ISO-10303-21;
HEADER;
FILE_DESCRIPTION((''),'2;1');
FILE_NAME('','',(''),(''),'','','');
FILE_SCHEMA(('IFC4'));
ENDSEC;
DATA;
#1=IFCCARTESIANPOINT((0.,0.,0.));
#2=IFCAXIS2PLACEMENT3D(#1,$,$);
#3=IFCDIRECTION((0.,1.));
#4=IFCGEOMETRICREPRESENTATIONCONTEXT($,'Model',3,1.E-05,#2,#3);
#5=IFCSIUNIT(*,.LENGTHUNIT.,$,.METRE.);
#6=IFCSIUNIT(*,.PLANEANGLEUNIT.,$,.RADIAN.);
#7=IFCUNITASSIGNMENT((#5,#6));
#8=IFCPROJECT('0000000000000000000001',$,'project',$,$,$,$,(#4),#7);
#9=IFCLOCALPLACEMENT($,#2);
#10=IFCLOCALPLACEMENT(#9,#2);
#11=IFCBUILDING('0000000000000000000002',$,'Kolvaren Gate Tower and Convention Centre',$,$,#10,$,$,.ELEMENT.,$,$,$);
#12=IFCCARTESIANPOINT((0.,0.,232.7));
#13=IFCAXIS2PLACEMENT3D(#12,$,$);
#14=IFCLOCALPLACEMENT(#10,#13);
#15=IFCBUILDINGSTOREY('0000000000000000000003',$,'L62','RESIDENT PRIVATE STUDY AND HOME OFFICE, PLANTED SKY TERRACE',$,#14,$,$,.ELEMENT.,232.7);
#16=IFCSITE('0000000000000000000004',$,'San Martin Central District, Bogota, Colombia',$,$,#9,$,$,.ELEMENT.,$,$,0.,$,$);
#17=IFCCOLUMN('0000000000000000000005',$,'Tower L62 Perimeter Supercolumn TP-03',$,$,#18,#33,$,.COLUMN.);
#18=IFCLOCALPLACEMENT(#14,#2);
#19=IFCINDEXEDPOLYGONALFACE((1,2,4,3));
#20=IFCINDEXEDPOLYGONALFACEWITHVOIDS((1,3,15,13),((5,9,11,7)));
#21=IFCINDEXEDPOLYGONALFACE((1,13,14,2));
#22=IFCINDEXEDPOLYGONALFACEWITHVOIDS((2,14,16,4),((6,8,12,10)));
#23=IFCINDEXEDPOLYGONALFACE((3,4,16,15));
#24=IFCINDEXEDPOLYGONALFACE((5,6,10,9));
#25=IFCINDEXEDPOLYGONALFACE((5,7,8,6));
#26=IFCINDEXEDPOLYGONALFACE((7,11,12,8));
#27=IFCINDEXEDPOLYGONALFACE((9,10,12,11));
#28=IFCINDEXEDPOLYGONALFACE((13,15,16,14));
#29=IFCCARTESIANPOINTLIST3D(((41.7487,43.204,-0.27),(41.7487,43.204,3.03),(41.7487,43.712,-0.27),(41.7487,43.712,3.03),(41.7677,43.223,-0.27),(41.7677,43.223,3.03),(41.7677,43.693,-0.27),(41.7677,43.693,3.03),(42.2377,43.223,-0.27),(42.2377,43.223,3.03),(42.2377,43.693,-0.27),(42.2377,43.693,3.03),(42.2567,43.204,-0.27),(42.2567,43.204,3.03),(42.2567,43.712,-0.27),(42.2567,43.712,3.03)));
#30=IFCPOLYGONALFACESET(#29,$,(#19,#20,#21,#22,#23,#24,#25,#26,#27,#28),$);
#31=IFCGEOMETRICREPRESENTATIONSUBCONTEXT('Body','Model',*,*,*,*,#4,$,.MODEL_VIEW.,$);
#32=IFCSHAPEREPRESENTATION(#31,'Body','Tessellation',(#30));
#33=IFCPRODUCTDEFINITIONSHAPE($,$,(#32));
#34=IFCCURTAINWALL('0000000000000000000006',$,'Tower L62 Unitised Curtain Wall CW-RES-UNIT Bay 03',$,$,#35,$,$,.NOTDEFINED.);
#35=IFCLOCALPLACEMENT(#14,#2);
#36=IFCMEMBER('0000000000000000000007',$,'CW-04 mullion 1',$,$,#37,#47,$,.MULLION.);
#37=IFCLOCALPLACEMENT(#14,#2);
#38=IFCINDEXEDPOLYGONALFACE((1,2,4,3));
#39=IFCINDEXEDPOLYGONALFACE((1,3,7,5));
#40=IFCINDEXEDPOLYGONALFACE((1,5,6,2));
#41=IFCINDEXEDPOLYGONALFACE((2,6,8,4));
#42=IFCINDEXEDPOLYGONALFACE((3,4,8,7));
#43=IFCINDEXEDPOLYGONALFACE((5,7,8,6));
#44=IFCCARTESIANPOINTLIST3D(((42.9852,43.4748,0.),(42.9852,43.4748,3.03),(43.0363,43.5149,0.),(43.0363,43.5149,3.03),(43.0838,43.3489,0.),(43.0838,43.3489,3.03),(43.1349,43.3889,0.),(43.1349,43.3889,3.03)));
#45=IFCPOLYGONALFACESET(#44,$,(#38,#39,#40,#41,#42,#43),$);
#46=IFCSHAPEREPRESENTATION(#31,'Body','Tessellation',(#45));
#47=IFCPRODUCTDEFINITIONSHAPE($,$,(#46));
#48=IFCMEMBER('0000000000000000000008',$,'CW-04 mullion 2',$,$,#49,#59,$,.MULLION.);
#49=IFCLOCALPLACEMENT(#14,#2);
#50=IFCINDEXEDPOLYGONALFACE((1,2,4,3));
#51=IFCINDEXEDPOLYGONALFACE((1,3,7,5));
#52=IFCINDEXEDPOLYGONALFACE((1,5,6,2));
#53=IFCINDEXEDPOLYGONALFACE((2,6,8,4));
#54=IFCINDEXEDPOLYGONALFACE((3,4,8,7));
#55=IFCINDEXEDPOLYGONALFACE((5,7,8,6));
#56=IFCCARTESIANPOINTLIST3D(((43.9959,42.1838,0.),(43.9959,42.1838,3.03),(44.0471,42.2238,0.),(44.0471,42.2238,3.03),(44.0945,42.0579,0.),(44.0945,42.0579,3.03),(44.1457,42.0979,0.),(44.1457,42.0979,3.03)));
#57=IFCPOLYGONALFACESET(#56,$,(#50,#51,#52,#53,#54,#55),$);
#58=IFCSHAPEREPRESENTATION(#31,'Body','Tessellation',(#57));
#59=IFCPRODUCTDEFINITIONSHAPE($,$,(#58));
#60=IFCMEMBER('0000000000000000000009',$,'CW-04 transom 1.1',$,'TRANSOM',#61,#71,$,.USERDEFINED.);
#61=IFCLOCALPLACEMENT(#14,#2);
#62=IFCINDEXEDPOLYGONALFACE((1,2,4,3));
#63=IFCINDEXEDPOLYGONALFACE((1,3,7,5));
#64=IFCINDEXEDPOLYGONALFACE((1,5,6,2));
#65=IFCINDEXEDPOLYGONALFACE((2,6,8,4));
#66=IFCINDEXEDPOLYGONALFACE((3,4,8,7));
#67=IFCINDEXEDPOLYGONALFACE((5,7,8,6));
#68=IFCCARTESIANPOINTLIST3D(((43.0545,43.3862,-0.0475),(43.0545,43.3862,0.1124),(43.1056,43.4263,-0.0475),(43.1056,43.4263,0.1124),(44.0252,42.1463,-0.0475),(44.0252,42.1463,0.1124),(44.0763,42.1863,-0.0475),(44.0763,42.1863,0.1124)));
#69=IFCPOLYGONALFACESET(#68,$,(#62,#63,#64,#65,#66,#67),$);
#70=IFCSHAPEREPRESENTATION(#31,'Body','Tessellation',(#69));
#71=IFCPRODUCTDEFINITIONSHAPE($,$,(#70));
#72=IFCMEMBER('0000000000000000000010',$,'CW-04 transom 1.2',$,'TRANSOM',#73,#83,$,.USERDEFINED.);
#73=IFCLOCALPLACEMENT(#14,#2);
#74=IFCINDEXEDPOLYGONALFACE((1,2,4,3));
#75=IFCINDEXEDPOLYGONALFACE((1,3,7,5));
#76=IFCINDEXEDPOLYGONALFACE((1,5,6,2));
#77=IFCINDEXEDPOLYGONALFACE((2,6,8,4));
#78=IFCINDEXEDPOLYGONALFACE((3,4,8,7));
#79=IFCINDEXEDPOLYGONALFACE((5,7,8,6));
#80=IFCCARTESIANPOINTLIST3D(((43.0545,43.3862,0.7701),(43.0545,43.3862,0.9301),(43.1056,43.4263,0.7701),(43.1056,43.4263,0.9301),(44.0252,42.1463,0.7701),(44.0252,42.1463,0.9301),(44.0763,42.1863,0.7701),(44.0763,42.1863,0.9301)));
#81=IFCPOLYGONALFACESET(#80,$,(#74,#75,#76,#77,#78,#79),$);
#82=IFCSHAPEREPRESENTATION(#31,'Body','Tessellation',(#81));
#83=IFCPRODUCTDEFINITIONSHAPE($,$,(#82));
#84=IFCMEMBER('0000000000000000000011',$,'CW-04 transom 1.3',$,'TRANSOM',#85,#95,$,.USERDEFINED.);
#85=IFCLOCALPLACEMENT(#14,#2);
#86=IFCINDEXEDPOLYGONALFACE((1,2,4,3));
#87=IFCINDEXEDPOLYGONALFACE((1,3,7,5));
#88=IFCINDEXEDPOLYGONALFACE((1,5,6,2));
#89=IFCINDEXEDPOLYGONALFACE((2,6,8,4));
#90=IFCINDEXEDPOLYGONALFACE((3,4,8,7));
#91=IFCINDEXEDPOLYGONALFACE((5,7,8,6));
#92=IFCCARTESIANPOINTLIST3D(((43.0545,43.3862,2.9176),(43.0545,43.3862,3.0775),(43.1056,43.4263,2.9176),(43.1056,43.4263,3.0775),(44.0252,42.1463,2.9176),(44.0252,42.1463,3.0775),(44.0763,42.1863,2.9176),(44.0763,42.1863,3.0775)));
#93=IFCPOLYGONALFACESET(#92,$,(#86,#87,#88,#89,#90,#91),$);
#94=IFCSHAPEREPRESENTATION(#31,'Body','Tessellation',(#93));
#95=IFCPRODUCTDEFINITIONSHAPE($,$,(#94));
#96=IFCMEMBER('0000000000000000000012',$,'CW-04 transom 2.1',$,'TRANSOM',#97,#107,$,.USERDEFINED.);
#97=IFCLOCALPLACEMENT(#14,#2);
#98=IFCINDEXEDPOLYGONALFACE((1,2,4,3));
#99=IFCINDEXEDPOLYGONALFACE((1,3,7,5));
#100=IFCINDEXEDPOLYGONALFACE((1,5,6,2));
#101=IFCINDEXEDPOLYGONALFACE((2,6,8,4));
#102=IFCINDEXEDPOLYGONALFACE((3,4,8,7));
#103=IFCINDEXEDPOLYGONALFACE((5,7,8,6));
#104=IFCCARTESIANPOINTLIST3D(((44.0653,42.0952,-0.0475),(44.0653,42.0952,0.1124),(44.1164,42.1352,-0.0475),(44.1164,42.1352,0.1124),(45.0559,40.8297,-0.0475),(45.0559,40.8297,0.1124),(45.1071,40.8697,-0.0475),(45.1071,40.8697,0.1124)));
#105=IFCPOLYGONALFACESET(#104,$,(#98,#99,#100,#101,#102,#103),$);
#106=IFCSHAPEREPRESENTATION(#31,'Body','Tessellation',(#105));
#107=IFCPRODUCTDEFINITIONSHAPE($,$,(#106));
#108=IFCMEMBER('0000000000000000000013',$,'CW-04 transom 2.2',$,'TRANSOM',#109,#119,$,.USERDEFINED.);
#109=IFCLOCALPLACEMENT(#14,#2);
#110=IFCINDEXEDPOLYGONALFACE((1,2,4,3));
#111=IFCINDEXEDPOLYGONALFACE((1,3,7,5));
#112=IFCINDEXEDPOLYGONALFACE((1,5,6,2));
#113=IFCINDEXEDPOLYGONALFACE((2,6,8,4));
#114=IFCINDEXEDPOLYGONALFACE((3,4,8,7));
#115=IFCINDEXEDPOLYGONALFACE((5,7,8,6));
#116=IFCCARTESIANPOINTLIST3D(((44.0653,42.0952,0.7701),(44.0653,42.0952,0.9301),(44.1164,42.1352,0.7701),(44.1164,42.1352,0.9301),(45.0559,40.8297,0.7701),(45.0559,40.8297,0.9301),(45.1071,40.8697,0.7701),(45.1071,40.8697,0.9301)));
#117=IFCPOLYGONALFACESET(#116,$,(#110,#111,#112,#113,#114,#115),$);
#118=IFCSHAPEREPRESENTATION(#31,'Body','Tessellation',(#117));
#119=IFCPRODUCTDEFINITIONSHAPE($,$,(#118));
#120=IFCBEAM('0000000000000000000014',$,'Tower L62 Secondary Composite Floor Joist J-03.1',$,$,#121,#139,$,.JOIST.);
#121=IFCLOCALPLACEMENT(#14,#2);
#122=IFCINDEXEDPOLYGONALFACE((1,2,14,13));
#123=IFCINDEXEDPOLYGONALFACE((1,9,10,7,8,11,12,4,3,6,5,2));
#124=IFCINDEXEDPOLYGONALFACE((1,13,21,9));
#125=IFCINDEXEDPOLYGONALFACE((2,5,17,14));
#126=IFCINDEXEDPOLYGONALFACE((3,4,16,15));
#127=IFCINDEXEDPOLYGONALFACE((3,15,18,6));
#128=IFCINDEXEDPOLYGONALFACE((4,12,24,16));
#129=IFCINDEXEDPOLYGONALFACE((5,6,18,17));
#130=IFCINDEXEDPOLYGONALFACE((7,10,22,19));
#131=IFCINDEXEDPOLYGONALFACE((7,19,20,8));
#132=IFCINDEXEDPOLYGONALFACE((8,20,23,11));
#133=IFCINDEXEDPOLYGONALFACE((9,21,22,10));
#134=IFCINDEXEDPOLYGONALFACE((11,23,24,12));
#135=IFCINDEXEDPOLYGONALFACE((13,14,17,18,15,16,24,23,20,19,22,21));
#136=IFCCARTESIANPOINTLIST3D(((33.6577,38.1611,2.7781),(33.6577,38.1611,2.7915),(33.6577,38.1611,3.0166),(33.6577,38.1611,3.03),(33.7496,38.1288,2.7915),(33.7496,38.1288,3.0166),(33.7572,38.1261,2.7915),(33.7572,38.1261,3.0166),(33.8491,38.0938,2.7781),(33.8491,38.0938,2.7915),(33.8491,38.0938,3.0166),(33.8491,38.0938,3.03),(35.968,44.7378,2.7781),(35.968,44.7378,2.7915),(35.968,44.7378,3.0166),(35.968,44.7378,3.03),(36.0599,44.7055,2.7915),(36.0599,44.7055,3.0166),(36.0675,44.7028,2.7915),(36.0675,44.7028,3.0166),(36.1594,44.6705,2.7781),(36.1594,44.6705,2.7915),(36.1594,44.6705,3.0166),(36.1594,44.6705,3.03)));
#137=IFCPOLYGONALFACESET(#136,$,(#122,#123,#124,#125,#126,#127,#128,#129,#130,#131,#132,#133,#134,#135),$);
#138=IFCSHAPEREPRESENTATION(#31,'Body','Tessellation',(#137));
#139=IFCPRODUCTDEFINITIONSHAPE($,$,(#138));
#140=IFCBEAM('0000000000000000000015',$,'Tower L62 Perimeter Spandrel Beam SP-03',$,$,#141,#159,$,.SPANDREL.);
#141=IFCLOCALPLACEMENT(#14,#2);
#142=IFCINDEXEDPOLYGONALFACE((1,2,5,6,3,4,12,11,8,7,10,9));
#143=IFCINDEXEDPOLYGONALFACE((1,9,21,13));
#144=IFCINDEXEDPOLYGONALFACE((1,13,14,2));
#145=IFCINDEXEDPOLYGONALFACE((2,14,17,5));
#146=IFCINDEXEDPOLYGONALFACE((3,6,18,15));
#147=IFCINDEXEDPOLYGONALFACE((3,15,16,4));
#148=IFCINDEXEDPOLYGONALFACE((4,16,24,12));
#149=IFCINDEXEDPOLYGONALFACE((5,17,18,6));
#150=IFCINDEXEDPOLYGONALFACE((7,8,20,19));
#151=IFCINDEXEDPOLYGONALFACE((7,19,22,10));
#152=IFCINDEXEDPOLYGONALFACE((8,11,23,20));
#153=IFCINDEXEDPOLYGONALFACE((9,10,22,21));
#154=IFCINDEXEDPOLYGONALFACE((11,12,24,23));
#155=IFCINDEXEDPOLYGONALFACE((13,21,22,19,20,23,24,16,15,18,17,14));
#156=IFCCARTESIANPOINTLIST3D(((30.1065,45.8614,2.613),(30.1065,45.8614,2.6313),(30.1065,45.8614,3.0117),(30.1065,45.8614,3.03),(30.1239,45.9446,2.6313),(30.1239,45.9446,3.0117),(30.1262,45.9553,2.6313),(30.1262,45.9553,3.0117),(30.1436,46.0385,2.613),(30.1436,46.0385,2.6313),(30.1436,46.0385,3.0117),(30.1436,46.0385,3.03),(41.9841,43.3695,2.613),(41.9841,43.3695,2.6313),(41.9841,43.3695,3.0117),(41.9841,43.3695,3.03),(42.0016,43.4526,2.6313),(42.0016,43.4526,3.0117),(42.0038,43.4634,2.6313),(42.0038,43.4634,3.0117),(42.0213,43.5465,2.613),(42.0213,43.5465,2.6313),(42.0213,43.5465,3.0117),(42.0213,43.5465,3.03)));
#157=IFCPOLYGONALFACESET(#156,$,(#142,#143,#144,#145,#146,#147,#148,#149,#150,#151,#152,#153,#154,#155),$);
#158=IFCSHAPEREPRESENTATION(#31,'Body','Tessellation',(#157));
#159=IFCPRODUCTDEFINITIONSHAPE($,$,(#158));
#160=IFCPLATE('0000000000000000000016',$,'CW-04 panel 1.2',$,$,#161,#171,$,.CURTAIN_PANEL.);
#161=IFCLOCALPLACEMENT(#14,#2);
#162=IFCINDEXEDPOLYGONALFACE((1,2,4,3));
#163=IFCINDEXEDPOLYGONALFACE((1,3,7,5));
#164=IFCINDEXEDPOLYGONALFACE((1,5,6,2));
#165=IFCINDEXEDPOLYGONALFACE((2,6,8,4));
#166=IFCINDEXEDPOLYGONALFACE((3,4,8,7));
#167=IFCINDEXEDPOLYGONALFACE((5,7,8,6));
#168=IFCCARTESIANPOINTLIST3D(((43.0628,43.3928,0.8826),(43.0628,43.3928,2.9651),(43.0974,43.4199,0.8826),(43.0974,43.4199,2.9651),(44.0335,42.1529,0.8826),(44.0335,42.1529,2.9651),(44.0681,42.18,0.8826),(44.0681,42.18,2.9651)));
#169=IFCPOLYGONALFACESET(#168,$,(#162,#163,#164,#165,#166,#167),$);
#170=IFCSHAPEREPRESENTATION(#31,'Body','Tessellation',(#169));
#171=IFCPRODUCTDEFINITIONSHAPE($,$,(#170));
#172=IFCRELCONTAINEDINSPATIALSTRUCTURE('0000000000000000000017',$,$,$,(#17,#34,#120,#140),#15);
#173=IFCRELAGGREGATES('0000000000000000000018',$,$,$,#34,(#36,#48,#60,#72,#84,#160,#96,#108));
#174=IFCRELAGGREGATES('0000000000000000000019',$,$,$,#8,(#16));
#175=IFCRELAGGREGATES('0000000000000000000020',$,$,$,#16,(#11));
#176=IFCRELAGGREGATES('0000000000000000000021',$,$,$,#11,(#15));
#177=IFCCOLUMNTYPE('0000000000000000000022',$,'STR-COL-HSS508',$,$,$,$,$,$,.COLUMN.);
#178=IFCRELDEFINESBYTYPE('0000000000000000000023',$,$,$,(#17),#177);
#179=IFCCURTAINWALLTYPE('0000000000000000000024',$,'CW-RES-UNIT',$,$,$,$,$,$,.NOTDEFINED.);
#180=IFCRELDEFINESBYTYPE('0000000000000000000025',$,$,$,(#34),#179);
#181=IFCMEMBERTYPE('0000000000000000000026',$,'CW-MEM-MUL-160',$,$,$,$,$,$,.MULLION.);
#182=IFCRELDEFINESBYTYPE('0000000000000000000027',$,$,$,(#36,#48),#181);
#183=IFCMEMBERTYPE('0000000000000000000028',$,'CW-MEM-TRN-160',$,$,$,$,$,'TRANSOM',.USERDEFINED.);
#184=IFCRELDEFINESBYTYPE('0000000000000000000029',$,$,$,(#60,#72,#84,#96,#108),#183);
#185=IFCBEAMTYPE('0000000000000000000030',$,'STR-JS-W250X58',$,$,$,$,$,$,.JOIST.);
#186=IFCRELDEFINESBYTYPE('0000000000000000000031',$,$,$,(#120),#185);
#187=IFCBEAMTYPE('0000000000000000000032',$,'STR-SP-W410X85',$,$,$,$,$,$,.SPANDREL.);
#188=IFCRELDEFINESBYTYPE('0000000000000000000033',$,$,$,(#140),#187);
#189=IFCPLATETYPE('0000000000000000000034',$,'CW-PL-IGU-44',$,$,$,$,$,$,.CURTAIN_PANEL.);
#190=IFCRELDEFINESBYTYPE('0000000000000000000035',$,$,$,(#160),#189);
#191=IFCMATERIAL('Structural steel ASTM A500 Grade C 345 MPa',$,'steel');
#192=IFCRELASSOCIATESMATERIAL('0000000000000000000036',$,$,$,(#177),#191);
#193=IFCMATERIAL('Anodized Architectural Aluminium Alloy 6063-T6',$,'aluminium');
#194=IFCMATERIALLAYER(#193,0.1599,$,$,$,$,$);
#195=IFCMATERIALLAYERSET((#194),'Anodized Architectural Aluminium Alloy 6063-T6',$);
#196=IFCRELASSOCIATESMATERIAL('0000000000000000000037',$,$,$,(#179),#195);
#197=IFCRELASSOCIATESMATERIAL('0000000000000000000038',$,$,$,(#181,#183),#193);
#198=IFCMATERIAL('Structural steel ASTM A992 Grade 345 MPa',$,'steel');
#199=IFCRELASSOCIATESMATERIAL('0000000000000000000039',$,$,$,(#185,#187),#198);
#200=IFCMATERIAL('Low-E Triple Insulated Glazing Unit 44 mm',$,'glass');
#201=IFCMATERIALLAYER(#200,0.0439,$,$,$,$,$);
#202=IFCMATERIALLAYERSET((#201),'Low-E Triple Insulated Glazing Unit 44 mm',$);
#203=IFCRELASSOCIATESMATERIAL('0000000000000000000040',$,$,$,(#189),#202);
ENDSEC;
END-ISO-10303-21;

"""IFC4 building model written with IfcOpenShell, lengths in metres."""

from ifc_helpers import new_model, si_unit, direction, frame, origin, origin_2d, place, context, subcontext, project, spatial, rectangle, hollow_rectangle, i_section, extrude, material, layer, layer_set, material_profile, profile_set, type_object, element, aggregate, save


model = new_model("IFC4")

# Units and contexts
model_context = context("Model", 3, precision=1e-05, world=origin(), true_north=direction((0.0, 1.0)))
body_context = subcontext(model_context, "Body", "Model", "MODEL_VIEW")
ifc_project = project(units=[si_unit("LENGTHUNIT", "METRE"), si_unit("PLANEANGLEUNIT", "RADIAN")], contexts=[model_context])

# Site, building, storey
site_placement = place(None, origin())
site = spatial("IfcSite", under=ifc_project, at=site_placement, Name="San Martin Central District, Bogota, Colombia", CompositionType="ELEMENT", RefElevation=0.0)
building_placement = place(site_placement, origin())
building = spatial("IfcBuilding", under=site, at=building_placement, Name="Kolvaren Gate Tower and Convention Centre", CompositionType="ELEMENT")
storey_placement = place(building_placement, frame((0.0, 0.0, 232.7)))
storey = spatial("IfcBuildingStorey", under=building, at=storey_placement, Name="L62", Description="RESIDENT PRIVATE STUDY AND HOME OFFICE, PLANTED SKY TERRACE", CompositionType="ELEMENT", Elevation=232.7)

# Column
ifc_material_1 = material(Name="Structural steel ASTM A500 Grade C 345 MPa", Category="steel")
ifc_material_profile_1 = material_profile(ifc_material_1, hollow_rectangle(XDim=0.5081, YDim=0.5081, WallThickness=0.019, at=origin_2d()), Name="HSS508X508X19.1")
ifc_profile_set_1 = profile_set([ifc_material_profile_1], Name="Structural steel ASTM A500 Grade C 345 MPa")
column_type = type_object("IfcColumnType", Name="STR-COL-HSS508", PredefinedType="COLUMN", material=ifc_profile_set_1)
column_placement = place(storey_placement, frame((42.0027, 43.458, -0.27), z_axis=(0.0, 0.0, 1.0), x_axis=(1.0, 0.0, 0.0)))
element("IfcColumn", 1, at=column_placement, inside=storey, type_object=column_type, Name="Tower L62 Perimeter Supercolumn TP-03", PredefinedType="COLUMN", context=body_context, shape_type="SweptSolid", body=[
    extrude(hollow_rectangle(XDim=0.5081, YDim=0.5081, WallThickness=0.019, at=origin_2d()), origin(), (0.0, 0.0, 1.0), 3.3),
])

# Curtain wall, members
ifc_material_2 = material(Name="Anodized Architectural Aluminium Alloy 6063-T6", Category="aluminium")
ifc_layer_1 = layer(ifc_material_2, 0.1599)
ifc_layer_set_1 = layer_set([ifc_layer_1], Name="Anodized Architectural Aluminium Alloy 6063-T6")
curtain_wall_type = type_object("IfcCurtainWallType", Name="CW-RES-UNIT", PredefinedType="NOTDEFINED", material=ifc_layer_set_1)
curtain_wall_placement = place(storey_placement, origin())
curtain_wall = element("IfcCurtainWall", 2, at=curtain_wall_placement, inside=storey, type_object=curtain_wall_type, Name="Tower L62 Unitised Curtain Wall CW-RES-UNIT Bay 03", PredefinedType="NOTDEFINED")
ifc_material_profile_2 = material_profile(ifc_material_2, rectangle(XDim=0.0649, YDim=0.1599, at=origin_2d()), Name="CW-MEM-MUL-160")
ifc_profile_set_2 = profile_set([ifc_material_profile_2], Name="Anodized Architectural Aluminium Alloy 6063-T6")
member_type_1 = type_object("IfcMemberType", Name="CW-MEM-MUL-160", PredefinedType="MULLION", material=ifc_profile_set_2)
member_1_placement = place(storey_placement, frame((43.0601, 43.4319, 0.0), z_axis=(0.0, 0.0, 1.0), x_axis=(0.787404, 0.616437, 0.0)))
member_1 = element("IfcMember", 3, at=member_1_placement, type_object=member_type_1, Name="CW-04 mullion 1", PredefinedType="MULLION", context=body_context, shape_type="SweptSolid", body=[
    extrude(rectangle(XDim=0.0649, YDim=0.1599, at=origin_2d()), origin(), (0.0, 0.0, 1.0), 3.03),
])
member_2_placement = place(storey_placement, frame((44.0708, 42.1409, 0.0), z_axis=(0.0, 0.0, 1.0), x_axis=(0.787404, 0.616437, 0.0)))
member_2 = element("IfcMember", 4, at=member_2_placement, type_object=member_type_1, Name="CW-04 mullion 2", PredefinedType="MULLION", context=body_context, shape_type="SweptSolid", body=[
    extrude(rectangle(XDim=0.0649, YDim=0.1599, at=origin_2d()), origin(), (0.0, 0.0, 1.0), 3.03),
])
ifc_material_profile_3 = material_profile(ifc_material_2, rectangle(XDim=0.0649, YDim=0.1599, at=origin_2d()), Name="CW-MEM-TRN-160")
ifc_profile_set_3 = profile_set([ifc_material_profile_3], Name="Anodized Architectural Aluminium Alloy 6063-T6")
member_type_2 = type_object("IfcMemberType", Name="CW-MEM-TRN-160", ElementType="TRANSOM", PredefinedType="USERDEFINED", material=ifc_profile_set_3)
member_3_placement = place(storey_placement, frame((43.0801, 43.4062, 0.0325), z_axis=(0.616417, -0.78742, 0.0), x_axis=(0.78742, 0.616417, 0.0)))
member_3 = element("IfcMember", 5, at=member_3_placement, type_object=member_type_2, Name="CW-04 transom 1.1", ObjectType="TRANSOM", PredefinedType="USERDEFINED", context=body_context, shape_type="SweptSolid", body=[
    extrude(rectangle(XDim=0.0649, YDim=0.1599, at=origin_2d()), origin(), (0.0, 0.0, 1.0), 1.5747),
])
member_4_placement = place(storey_placement, frame((43.0801, 43.4062, 0.8501), z_axis=(0.616417, -0.78742, 0.0), x_axis=(0.78742, 0.616417, 0.0)))
member_4 = element("IfcMember", 6, at=member_4_placement, type_object=member_type_2, Name="CW-04 transom 1.2", ObjectType="TRANSOM", PredefinedType="USERDEFINED", context=body_context, shape_type="SweptSolid", body=[
    extrude(rectangle(XDim=0.0649, YDim=0.1599, at=origin_2d()), origin(), (0.0, 0.0, 1.0), 1.5747),
])
member_5_placement = place(storey_placement, frame((43.0801, 43.4062, 2.9976), z_axis=(0.616417, -0.78742, 0.0), x_axis=(0.78742, 0.616417, 0.0)))
member_5 = element("IfcMember", 7, at=member_5_placement, type_object=member_type_2, Name="CW-04 transom 1.3", ObjectType="TRANSOM", PredefinedType="USERDEFINED", context=body_context, shape_type="SweptSolid", body=[
    extrude(rectangle(XDim=0.0649, YDim=0.1599, at=origin_2d()), origin(), (0.0, 0.0, 1.0), 1.5747),
])
member_6_placement = place(storey_placement, frame((44.0908, 42.1152, 0.0325), z_axis=(0.616398, -0.787434, 0.0), x_axis=(0.787434, 0.616398, 0.0)))
member_6 = element("IfcMember", 8, at=member_6_placement, type_object=member_type_2, Name="CW-04 transom 2.1", ObjectType="TRANSOM", PredefinedType="USERDEFINED", context=body_context, shape_type="SweptSolid", body=[
    extrude(rectangle(XDim=0.0649, YDim=0.1599, at=origin_2d()), origin(), (0.0, 0.0, 1.0), 1.6072),
])
member_7_placement = place(storey_placement, frame((44.0908, 42.1152, 0.8501), z_axis=(0.616398, -0.787434, 0.0), x_axis=(0.787434, 0.616398, 0.0)))
member_7 = element("IfcMember", 9, at=member_7_placement, type_object=member_type_2, Name="CW-04 transom 2.2", ObjectType="TRANSOM", PredefinedType="USERDEFINED", context=body_context, shape_type="SweptSolid", body=[
    extrude(rectangle(XDim=0.0649, YDim=0.1599, at=origin_2d()), origin(), (0.0, 0.0, 1.0), 1.6072),
])

# Beams
ifc_material_3 = material(Name="Structural steel ASTM A992 Grade 345 MPa", Category="steel")
ifc_material_profile_4 = material_profile(ifc_material_3, i_section(OverallWidth=0.2029, OverallDepth=0.252, WebThickness=0.0081, FlangeThickness=0.0134, at=origin_2d()), Name="W250X58")
ifc_profile_set_4 = profile_set([ifc_material_profile_4], Name="Structural steel ASTM A992 Grade 345 MPa")
beam_type_1 = type_object("IfcBeamType", Name="STR-JS-W250X58", PredefinedType="JOIST", material=ifc_profile_set_4)
beam_1_placement = place(storey_placement, frame((33.7534, 38.1274, 2.9041), z_axis=(0.331433, 0.943479, 0.0), x_axis=(-0.943479, 0.331433, 0.0)))
element("IfcBeam", 10, at=beam_1_placement, inside=storey, type_object=beam_type_1, Name="Tower L62 Secondary Composite Floor Joist J-03.1", PredefinedType="JOIST", context=body_context, shape_type="SweptSolid", body=[
    extrude(i_section(OverallWidth=0.2029, OverallDepth=0.252, WebThickness=0.0081, FlangeThickness=0.0134, at=origin_2d()), origin(), (0.0, 0.0, 1.0), 6.9707),
])
ifc_material_profile_5 = material_profile(ifc_material_3, i_section(OverallWidth=0.1809, OverallDepth=0.417, WebThickness=0.011, FlangeThickness=0.0183, at=origin_2d()), Name="W410X85")
ifc_profile_set_5 = profile_set([ifc_material_profile_5], Name="Structural steel ASTM A992 Grade 345 MPa")
beam_type_2 = type_object("IfcBeamType", Name="STR-SP-W410X85", PredefinedType="SPANDREL", material=ifc_profile_set_5)
beam_2_placement = place(storey_placement, frame((42.0027, 43.458, 2.8215), z_axis=(-0.978693, 0.20533, 0.0), x_axis=(-0.20533, -0.978693, 0.0)))
element("IfcBeam", 11, at=beam_2_placement, inside=storey, type_object=beam_type_2, Name="Tower L62 Perimeter Spandrel Beam SP-03", PredefinedType="SPANDREL", context=body_context, shape_type="SweptSolid", body=[
    extrude(i_section(OverallWidth=0.1809, OverallDepth=0.417, WebThickness=0.011, FlangeThickness=0.0183, at=origin_2d()), origin(), (0.0, 0.0, 1.0), 12.1362),
])

# Plate
ifc_material_4 = material(Name="Low-E Triple Insulated Glazing Unit 44 mm", Category="glass")
ifc_layer_2 = layer(ifc_material_4, 0.0439)
ifc_layer_set_2 = layer_set([ifc_layer_2], Name="Low-E Triple Insulated Glazing Unit 44 mm")
plate_type_1 = type_object("IfcPlateType", Name="CW-PL-IGU-44", PredefinedType="CURTAIN_PANEL", material=ifc_layer_set_2)
plate_1_placement = place(storey_placement, frame((43.5654, 42.7864, 0.8826), z_axis=(0.0, 0.0, 1.0), x_axis=(0.616437, -0.787404, 0.0)))
plate_1 = element("IfcPlate", 12, at=plate_1_placement, type_object=plate_type_1, Name="CW-04 panel 1.2", PredefinedType="CURTAIN_PANEL", context=body_context, shape_type="SweptSolid", body=[
    extrude(rectangle(XDim=1.5747, YDim=0.0439, at=origin_2d()), origin(), (0.0, 0.0, 1.0), 2.0825),
])
aggregate(curtain_wall, [member_1, member_2, member_3, member_4, member_5, plate_1, member_6, member_7])

save(model, "model.ifc")
